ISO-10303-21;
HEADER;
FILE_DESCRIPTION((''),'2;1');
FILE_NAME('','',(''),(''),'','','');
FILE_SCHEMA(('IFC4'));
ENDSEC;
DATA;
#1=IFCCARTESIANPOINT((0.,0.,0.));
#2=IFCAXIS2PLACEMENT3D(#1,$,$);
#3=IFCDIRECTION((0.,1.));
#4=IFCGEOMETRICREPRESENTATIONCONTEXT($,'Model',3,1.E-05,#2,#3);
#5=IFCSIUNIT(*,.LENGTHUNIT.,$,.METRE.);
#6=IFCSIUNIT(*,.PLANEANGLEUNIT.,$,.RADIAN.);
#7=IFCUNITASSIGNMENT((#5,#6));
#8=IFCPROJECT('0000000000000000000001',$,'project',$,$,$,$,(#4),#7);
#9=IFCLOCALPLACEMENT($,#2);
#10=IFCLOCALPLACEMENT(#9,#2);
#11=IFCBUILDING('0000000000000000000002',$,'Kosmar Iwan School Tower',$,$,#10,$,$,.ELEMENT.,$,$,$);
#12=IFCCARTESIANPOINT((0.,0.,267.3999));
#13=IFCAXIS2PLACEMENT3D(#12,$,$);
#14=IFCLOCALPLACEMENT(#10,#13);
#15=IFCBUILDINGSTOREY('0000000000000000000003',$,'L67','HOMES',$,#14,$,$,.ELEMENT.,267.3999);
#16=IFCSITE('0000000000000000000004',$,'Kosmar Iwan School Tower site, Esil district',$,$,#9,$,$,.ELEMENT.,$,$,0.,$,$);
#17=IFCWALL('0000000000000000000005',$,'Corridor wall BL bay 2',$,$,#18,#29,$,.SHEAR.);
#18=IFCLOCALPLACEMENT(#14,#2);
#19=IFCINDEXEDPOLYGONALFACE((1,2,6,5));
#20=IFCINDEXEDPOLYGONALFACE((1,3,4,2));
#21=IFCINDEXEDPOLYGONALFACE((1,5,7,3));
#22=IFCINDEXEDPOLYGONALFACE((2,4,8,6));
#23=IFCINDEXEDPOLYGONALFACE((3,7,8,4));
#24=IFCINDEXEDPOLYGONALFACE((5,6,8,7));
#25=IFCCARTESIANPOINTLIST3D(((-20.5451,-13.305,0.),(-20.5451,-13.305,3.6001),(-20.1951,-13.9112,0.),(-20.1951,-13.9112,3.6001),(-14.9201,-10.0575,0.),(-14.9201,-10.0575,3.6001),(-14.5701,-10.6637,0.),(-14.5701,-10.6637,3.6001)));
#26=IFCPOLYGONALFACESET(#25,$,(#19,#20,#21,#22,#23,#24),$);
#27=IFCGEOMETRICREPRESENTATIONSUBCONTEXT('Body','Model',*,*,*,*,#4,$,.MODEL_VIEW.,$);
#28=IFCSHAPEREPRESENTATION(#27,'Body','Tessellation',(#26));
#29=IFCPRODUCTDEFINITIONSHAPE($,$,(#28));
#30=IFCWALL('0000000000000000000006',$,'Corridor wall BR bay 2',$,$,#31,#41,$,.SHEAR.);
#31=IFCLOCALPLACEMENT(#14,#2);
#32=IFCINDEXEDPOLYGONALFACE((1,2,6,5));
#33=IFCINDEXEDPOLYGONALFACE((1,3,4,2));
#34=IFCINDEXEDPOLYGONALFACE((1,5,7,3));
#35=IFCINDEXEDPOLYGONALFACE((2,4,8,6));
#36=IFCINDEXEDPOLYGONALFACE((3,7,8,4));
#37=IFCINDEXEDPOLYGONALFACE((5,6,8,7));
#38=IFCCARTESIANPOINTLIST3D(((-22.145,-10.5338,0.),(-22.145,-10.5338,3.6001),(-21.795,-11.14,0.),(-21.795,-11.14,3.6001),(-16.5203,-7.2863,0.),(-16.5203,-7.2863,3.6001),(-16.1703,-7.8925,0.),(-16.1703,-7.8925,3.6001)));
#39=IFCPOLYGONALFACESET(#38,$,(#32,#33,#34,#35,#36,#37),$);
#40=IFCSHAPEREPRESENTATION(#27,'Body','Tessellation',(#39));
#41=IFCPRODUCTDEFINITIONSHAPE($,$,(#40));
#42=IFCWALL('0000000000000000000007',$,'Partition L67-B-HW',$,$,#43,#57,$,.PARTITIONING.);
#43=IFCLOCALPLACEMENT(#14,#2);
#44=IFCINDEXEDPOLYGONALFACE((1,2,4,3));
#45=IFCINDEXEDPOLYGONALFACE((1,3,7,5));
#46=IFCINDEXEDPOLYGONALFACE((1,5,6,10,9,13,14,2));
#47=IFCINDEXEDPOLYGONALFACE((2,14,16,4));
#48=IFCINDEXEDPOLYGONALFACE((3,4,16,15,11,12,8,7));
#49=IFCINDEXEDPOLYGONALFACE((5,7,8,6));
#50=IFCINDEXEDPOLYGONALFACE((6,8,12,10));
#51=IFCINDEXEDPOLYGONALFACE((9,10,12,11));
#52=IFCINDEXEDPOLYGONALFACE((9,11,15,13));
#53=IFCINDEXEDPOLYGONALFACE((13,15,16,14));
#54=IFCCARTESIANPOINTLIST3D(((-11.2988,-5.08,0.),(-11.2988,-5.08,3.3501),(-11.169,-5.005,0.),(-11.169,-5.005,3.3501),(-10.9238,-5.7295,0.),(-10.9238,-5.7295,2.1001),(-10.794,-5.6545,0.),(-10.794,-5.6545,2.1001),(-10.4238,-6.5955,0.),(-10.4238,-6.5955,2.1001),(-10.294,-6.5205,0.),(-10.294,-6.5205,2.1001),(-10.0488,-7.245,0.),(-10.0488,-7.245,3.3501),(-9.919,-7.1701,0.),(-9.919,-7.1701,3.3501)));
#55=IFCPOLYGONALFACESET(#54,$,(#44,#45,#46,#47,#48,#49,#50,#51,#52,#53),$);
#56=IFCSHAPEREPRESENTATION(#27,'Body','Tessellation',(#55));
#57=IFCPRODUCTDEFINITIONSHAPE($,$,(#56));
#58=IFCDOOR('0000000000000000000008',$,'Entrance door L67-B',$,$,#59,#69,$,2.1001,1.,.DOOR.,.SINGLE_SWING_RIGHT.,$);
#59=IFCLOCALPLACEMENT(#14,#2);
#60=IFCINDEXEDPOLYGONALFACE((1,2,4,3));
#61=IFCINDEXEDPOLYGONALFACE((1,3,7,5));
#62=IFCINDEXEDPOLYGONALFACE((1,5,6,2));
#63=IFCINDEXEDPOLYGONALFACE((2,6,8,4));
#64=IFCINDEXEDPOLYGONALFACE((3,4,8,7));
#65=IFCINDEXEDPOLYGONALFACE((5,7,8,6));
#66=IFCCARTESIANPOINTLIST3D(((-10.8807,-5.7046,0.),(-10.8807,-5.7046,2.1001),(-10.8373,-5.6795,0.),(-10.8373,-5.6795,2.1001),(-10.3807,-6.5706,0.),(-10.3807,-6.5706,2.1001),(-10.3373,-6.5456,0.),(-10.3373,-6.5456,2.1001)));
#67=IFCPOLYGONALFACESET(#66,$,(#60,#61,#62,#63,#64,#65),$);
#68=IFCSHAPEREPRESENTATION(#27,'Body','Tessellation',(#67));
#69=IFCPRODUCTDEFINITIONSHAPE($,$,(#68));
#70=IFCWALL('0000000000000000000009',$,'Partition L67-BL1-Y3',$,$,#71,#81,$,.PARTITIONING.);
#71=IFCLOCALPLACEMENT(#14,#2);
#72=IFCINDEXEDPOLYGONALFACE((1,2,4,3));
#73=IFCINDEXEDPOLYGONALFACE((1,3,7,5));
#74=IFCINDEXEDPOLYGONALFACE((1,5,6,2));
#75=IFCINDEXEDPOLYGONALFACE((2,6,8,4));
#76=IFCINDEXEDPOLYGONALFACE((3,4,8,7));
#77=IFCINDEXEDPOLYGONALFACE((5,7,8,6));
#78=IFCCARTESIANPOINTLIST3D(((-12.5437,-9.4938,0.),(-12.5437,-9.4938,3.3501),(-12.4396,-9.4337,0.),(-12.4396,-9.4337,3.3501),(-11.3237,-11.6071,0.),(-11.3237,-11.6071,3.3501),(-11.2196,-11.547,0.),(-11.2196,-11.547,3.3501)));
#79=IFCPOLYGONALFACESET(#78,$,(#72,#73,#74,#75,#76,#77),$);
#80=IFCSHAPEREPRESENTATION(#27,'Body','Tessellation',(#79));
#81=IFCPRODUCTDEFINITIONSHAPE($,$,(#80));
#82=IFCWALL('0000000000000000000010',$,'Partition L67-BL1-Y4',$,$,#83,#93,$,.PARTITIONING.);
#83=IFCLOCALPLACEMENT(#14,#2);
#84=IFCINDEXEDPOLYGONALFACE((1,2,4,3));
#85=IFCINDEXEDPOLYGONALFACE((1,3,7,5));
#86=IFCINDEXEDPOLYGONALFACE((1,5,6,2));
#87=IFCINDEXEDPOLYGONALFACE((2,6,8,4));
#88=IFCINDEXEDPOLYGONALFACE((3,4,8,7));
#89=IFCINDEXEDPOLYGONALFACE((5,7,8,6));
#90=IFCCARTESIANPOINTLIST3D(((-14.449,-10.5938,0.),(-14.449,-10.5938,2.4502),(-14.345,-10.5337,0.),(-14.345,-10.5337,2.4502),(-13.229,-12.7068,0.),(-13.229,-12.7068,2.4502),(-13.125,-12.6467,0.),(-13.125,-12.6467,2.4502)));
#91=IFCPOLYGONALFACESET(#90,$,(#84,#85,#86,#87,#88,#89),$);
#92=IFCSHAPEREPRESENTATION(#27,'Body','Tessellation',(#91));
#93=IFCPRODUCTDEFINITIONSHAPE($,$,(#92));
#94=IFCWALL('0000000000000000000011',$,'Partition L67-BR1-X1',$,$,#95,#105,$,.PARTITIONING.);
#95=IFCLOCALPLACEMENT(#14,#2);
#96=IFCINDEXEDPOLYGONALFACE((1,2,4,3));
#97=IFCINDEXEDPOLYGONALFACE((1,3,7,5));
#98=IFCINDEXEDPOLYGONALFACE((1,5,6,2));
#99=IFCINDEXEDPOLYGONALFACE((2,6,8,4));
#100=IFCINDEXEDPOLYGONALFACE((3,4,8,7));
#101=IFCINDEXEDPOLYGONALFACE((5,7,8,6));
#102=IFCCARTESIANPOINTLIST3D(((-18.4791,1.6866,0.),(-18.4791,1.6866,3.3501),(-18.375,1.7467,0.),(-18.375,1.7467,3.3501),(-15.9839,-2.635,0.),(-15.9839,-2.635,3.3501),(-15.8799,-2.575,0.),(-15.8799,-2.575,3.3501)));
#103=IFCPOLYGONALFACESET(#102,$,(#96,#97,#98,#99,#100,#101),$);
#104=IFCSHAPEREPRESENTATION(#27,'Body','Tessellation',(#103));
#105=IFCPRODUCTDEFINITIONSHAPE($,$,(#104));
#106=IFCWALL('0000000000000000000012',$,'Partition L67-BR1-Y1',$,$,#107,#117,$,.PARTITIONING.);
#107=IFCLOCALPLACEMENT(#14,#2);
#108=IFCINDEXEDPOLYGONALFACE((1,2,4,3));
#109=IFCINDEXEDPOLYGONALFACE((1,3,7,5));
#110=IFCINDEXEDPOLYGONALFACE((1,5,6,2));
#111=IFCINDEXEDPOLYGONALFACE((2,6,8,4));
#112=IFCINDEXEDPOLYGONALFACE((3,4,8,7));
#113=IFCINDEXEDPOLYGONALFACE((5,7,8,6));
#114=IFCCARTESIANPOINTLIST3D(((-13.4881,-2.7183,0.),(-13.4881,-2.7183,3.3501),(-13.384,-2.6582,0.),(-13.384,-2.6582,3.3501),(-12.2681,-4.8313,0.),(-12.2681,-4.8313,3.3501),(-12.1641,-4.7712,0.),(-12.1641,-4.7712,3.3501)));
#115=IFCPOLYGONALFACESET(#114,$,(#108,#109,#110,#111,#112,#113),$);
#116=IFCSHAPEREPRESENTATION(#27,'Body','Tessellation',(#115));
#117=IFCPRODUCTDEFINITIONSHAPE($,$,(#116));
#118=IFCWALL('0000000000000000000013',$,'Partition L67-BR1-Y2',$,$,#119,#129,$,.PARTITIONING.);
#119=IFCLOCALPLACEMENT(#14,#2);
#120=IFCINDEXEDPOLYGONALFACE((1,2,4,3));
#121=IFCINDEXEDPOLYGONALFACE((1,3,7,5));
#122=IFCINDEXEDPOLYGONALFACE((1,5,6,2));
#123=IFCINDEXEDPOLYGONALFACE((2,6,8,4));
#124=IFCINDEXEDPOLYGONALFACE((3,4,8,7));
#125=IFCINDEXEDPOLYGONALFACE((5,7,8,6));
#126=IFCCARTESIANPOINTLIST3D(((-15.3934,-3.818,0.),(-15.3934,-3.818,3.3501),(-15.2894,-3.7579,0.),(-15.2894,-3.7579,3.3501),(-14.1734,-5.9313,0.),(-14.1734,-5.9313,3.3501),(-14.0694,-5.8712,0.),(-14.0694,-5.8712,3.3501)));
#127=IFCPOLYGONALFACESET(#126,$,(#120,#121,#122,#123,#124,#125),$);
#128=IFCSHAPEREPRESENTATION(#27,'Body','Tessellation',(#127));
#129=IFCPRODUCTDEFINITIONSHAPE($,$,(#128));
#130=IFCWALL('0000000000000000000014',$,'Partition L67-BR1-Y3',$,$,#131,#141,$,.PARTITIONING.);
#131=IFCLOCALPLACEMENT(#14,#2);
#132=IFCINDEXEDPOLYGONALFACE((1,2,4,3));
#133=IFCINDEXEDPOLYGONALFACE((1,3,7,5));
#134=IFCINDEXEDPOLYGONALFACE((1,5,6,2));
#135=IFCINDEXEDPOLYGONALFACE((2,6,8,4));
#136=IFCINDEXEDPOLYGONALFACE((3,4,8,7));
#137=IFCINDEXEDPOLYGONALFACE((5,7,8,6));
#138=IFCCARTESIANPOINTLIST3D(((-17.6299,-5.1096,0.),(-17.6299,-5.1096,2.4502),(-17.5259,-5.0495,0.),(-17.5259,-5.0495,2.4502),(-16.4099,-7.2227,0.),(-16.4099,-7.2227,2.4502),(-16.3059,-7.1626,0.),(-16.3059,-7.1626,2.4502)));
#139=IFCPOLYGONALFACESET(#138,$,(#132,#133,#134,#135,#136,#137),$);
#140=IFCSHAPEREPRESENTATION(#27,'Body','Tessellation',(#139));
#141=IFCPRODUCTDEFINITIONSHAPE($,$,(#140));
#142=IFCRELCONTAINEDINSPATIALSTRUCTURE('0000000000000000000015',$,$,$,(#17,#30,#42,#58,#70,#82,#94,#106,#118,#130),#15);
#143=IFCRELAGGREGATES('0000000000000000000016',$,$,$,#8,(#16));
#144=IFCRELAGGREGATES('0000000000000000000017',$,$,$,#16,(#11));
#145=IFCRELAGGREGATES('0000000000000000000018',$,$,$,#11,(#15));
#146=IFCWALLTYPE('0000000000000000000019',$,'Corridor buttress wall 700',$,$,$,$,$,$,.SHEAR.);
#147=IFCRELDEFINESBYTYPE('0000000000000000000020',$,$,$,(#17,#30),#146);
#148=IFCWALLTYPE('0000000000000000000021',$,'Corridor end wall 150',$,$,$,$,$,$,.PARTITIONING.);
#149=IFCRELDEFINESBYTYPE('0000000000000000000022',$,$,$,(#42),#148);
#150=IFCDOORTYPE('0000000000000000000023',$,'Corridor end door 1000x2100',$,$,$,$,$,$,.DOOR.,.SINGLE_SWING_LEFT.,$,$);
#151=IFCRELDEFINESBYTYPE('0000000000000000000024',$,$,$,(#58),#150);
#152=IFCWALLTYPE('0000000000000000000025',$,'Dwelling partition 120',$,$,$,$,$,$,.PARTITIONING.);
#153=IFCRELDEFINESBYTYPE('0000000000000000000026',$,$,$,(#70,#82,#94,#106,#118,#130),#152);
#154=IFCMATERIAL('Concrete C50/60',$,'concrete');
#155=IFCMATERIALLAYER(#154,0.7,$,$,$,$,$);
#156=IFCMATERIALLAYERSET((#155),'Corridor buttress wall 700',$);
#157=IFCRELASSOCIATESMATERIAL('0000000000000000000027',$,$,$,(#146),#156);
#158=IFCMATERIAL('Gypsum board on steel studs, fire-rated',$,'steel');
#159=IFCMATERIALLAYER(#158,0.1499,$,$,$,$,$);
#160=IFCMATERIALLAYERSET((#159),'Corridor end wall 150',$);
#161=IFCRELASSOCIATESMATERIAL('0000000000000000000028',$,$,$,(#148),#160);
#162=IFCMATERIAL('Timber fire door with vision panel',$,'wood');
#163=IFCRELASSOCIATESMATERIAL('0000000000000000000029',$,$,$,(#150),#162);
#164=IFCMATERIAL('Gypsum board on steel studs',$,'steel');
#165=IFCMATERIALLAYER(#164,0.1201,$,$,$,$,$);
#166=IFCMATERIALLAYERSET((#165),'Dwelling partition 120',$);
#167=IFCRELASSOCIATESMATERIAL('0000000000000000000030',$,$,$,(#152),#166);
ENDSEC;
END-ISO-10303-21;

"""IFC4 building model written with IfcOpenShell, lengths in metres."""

from ifc_helpers import new_model, si_unit, direction, frame, frame_2d, origin, place, context, subcontext, project, spatial, rectangle, extrude, material, layer, layer_set, type_object, element, fill, save


model = new_model("IFC4")

# Units and contexts
model_context = context("Model", 3, precision=1e-05, world=origin(), true_north=direction((0.0, 1.0)))
body_context = subcontext(model_context, "Body", "Model", "MODEL_VIEW")
ifc_project = project(units=[si_unit("LENGTHUNIT", "METRE"), si_unit("PLANEANGLEUNIT", "RADIAN")], contexts=[model_context])

# Site, building, storey
site_placement = place(None, origin())
site = spatial("IfcSite", under=ifc_project, at=site_placement, Name="Kosmar Iwan School Tower site, Esil district", CompositionType="ELEMENT", RefElevation=0.0)
building_placement = place(site_placement, origin())
building = spatial("IfcBuilding", under=site, at=building_placement, Name="Kosmar Iwan School Tower", CompositionType="ELEMENT")
storey_placement = place(building_placement, frame((0.0, 0.0, 267.3999)))
storey = spatial("IfcBuildingStorey", under=building, at=storey_placement, Name="L67", Description="HOMES", CompositionType="ELEMENT", Elevation=267.3999)

# Walls
ifc_material_1 = material(Name="Concrete C50/60", Category="concrete")
ifc_layer_1 = layer(ifc_material_1, 0.7)
ifc_layer_set_1 = layer_set([ifc_layer_1], Name="Corridor buttress wall 700")
wall_type_1 = type_object("IfcWallType", Name="Corridor buttress wall 700", PredefinedType="SHEAR", material=ifc_layer_set_1)
wall_1_placement = place(storey_placement, frame((-14.7451, -10.3606, 0.0), z_axis=(0.0, 0.0, 1.0), x_axis=(-0.866028, -0.499996, 0.0)))
element("IfcWall", 1, at=wall_1_placement, inside=storey, type_object=wall_type_1, Name="Corridor wall BL bay 2", PredefinedType="SHEAR", context=body_context, shape_type="SweptSolid", body=[
    extrude(rectangle(XDim=6.4951, YDim=0.7, at=frame_2d((3.2476, 0.0))), origin(), (0.0, 0.0, 1.0), 3.6001),
])
wall_2_placement = place(storey_placement, frame((-16.3452, -7.5894, 0.0), z_axis=(0.0, 0.0, 1.0), x_axis=(-0.866018, -0.500012, 0.0)))
element("IfcWall", 2, at=wall_2_placement, inside=storey, type_object=wall_type_1, Name="Corridor wall BR bay 2", PredefinedType="SHEAR", context=body_context, shape_type="SweptSolid", body=[
    extrude(rectangle(XDim=6.4949, YDim=0.7, at=frame_2d((3.2476, 0.0))), origin(), (0.0, 0.0, 1.0), 3.6001),
])

# Wall, opening, door
ifc_material_2 = material(Name="Gypsum board on steel studs, fire-rated", Category="steel")
ifc_layer_2 = layer(ifc_material_2, 0.1499)
ifc_layer_set_2 = layer_set([ifc_layer_2], Name="Corridor end wall 150")
wall_type_2 = type_object("IfcWallType", Name="Corridor end wall 150", PredefinedType="PARTITIONING", material=ifc_layer_set_2)
wall_3_placement = place(storey_placement, frame((-11.2339, -5.0425, 0.0), z_axis=(0.0, 0.0, 1.0), x_axis=(0.500004, -0.866023, 0.0)))
wall_3 = element("IfcWall", 3, at=wall_3_placement, inside=storey, type_object=wall_type_2, Name="Partition L67-B-HW", PredefinedType="PARTITIONING", context=body_context, shape_type="SweptSolid", body=[
    extrude(rectangle(XDim=2.5, YDim=0.1499, at=frame_2d((1.25, 0.0))), origin(), (0.0, 0.0, 1.0), 3.3501),
])
opening_placement = place(wall_3_placement, frame((0.75, 0.0, 0.0)))
opening = element("IfcOpeningElement", 4, at=opening_placement, cuts=wall_3, PredefinedType="OPENING", context=body_context, shape_type="SweptSolid", body=[
    extrude(rectangle(XDim=1.0, YDim=2.1001, at=frame_2d((0.5, 1.05))), frame((0.0, 0.0869, 0.0), z_axis=(0.0, -1.0, 0.0), x_axis=(1.0, 0.0, 0.0)), (0.0, 0.0, 1.0), 0.1738),
])
ifc_material_3 = material(Name="Timber fire door with vision panel", Category="wood")
door_type = type_object("IfcDoorType", Name="Corridor end door 1000x2100", OperationType="SINGLE_SWING_LEFT", PredefinedType="DOOR", material=ifc_material_3)
door_placement = place(opening_placement, origin())
door = element("IfcDoor", 5, at=door_placement, inside=storey, type_object=door_type, Name="Entrance door L67-B", OperationType="SINGLE_SWING_RIGHT", OverallHeight=2.1001, OverallWidth=1.0, PredefinedType="DOOR", context=body_context, shape_type="SweptSolid", body=[
    extrude(rectangle(XDim=1.0, YDim=2.1001, at=frame_2d((0.5, 1.05))), frame((0.0, 0.0249, 0.0), z_axis=(0.0, -1.0, 0.0), x_axis=(1.0, 0.0, 0.0)), (0.0, 0.0, 1.0), 0.05),
])
fill(opening, door)

# Walls
ifc_material_4 = material(Name="Gypsum board on steel studs", Category="steel")
ifc_layer_3 = layer(ifc_material_4, 0.1201)
ifc_layer_set_3 = layer_set([ifc_layer_3], Name="Dwelling partition 120")
wall_type_3 = type_object("IfcWallType", Name="Dwelling partition 120", PredefinedType="PARTITIONING", material=ifc_layer_set_3)
wall_4_placement = place(storey_placement, frame((-12.4917, -9.4636, 0.0), z_axis=(0.0, 0.0, 1.0), x_axis=(0.499959, -0.866049, 0.0)))
element("IfcWall", 6, at=wall_4_placement, inside=storey, type_object=wall_type_3, Name="Partition L67-BL1-Y3", PredefinedType="PARTITIONING", context=body_context, shape_type="SweptSolid", body=[
    extrude(rectangle(XDim=2.4402, YDim=0.1201, at=frame_2d((1.2202, 0.0))), origin(), (0.0, 0.0, 1.0), 3.3501),
])
wall_5_placement = place(storey_placement, frame((-14.397, -10.5637, 0.0), z_axis=(0.0, 0.0, 1.0), x_axis=(0.500003, -0.866024, 0.0)))
element("IfcWall", 7, at=wall_5_placement, inside=storey, type_object=wall_type_3, Name="Partition L67-BL1-Y4", PredefinedType="PARTITIONING", context=body_context, shape_type="SweptSolid", body=[
    extrude(rectangle(XDim=2.4399, YDim=0.1201, at=frame_2d((1.22, 0.0))), origin(), (0.0, 0.0, 1.0), 2.4502),
])
wall_6_placement = place(storey_placement, frame((-15.9319, -2.605, 0.0), z_axis=(0.0, 0.0, 1.0), x_axis=(-0.500012, 0.866019, 0.0)))
element("IfcWall", 8, at=wall_6_placement, inside=storey, type_object=wall_type_3, Name="Partition L67-BR1-X1", PredefinedType="PARTITIONING", context=body_context, shape_type="SweptSolid", body=[
    extrude(rectangle(XDim=4.9902, YDim=0.1201, at=frame_2d((2.4951, 0.0))), origin(), (0.0, 0.0, 1.0), 3.3501),
])
wall_7_placement = place(storey_placement, frame((-12.2161, -4.8013, 0.0), z_axis=(0.0, 0.0, 1.0), x_axis=(-0.500003, 0.866024, 0.0)))
element("IfcWall", 9, at=wall_7_placement, inside=storey, type_object=wall_type_3, Name="Partition L67-BR1-Y1", PredefinedType="PARTITIONING", context=body_context, shape_type="SweptSolid", body=[
    extrude(rectangle(XDim=2.4399, YDim=0.1201, at=frame_2d((1.22, 0.0))), origin(), (0.0, 0.0, 1.0), 3.3501),
])
wall_8_placement = place(storey_placement, frame((-14.1213, -5.9014, 0.0), z_axis=(0.0, 0.0, 1.0), x_axis=(-0.499959, 0.866049, 0.0)))
element("IfcWall", 10, at=wall_8_placement, inside=storey, type_object=wall_type_3, Name="Partition L67-BR1-Y2", PredefinedType="PARTITIONING", context=body_context, shape_type="SweptSolid", body=[
    extrude(rectangle(XDim=2.4402, YDim=0.1201, at=frame_2d((1.2202, 0.0))), origin(), (0.0, 0.0, 1.0), 3.3501),
])
wall_9_placement = place(storey_placement, frame((-16.3579, -7.1926, 0.0), z_axis=(0.0, 0.0, 1.0), x_axis=(-0.500003, 0.866024, 0.0)))
element("IfcWall", 11, at=wall_9_placement, inside=storey, type_object=wall_type_3, Name="Partition L67-BR1-Y3", PredefinedType="PARTITIONING", context=body_context, shape_type="SweptSolid", body=[
    extrude(rectangle(XDim=2.4399, YDim=0.1201, at=frame_2d((1.22, 0.0))), origin(), (0.0, 0.0, 1.0), 2.4502),
])

save(model, "model.ifc")
